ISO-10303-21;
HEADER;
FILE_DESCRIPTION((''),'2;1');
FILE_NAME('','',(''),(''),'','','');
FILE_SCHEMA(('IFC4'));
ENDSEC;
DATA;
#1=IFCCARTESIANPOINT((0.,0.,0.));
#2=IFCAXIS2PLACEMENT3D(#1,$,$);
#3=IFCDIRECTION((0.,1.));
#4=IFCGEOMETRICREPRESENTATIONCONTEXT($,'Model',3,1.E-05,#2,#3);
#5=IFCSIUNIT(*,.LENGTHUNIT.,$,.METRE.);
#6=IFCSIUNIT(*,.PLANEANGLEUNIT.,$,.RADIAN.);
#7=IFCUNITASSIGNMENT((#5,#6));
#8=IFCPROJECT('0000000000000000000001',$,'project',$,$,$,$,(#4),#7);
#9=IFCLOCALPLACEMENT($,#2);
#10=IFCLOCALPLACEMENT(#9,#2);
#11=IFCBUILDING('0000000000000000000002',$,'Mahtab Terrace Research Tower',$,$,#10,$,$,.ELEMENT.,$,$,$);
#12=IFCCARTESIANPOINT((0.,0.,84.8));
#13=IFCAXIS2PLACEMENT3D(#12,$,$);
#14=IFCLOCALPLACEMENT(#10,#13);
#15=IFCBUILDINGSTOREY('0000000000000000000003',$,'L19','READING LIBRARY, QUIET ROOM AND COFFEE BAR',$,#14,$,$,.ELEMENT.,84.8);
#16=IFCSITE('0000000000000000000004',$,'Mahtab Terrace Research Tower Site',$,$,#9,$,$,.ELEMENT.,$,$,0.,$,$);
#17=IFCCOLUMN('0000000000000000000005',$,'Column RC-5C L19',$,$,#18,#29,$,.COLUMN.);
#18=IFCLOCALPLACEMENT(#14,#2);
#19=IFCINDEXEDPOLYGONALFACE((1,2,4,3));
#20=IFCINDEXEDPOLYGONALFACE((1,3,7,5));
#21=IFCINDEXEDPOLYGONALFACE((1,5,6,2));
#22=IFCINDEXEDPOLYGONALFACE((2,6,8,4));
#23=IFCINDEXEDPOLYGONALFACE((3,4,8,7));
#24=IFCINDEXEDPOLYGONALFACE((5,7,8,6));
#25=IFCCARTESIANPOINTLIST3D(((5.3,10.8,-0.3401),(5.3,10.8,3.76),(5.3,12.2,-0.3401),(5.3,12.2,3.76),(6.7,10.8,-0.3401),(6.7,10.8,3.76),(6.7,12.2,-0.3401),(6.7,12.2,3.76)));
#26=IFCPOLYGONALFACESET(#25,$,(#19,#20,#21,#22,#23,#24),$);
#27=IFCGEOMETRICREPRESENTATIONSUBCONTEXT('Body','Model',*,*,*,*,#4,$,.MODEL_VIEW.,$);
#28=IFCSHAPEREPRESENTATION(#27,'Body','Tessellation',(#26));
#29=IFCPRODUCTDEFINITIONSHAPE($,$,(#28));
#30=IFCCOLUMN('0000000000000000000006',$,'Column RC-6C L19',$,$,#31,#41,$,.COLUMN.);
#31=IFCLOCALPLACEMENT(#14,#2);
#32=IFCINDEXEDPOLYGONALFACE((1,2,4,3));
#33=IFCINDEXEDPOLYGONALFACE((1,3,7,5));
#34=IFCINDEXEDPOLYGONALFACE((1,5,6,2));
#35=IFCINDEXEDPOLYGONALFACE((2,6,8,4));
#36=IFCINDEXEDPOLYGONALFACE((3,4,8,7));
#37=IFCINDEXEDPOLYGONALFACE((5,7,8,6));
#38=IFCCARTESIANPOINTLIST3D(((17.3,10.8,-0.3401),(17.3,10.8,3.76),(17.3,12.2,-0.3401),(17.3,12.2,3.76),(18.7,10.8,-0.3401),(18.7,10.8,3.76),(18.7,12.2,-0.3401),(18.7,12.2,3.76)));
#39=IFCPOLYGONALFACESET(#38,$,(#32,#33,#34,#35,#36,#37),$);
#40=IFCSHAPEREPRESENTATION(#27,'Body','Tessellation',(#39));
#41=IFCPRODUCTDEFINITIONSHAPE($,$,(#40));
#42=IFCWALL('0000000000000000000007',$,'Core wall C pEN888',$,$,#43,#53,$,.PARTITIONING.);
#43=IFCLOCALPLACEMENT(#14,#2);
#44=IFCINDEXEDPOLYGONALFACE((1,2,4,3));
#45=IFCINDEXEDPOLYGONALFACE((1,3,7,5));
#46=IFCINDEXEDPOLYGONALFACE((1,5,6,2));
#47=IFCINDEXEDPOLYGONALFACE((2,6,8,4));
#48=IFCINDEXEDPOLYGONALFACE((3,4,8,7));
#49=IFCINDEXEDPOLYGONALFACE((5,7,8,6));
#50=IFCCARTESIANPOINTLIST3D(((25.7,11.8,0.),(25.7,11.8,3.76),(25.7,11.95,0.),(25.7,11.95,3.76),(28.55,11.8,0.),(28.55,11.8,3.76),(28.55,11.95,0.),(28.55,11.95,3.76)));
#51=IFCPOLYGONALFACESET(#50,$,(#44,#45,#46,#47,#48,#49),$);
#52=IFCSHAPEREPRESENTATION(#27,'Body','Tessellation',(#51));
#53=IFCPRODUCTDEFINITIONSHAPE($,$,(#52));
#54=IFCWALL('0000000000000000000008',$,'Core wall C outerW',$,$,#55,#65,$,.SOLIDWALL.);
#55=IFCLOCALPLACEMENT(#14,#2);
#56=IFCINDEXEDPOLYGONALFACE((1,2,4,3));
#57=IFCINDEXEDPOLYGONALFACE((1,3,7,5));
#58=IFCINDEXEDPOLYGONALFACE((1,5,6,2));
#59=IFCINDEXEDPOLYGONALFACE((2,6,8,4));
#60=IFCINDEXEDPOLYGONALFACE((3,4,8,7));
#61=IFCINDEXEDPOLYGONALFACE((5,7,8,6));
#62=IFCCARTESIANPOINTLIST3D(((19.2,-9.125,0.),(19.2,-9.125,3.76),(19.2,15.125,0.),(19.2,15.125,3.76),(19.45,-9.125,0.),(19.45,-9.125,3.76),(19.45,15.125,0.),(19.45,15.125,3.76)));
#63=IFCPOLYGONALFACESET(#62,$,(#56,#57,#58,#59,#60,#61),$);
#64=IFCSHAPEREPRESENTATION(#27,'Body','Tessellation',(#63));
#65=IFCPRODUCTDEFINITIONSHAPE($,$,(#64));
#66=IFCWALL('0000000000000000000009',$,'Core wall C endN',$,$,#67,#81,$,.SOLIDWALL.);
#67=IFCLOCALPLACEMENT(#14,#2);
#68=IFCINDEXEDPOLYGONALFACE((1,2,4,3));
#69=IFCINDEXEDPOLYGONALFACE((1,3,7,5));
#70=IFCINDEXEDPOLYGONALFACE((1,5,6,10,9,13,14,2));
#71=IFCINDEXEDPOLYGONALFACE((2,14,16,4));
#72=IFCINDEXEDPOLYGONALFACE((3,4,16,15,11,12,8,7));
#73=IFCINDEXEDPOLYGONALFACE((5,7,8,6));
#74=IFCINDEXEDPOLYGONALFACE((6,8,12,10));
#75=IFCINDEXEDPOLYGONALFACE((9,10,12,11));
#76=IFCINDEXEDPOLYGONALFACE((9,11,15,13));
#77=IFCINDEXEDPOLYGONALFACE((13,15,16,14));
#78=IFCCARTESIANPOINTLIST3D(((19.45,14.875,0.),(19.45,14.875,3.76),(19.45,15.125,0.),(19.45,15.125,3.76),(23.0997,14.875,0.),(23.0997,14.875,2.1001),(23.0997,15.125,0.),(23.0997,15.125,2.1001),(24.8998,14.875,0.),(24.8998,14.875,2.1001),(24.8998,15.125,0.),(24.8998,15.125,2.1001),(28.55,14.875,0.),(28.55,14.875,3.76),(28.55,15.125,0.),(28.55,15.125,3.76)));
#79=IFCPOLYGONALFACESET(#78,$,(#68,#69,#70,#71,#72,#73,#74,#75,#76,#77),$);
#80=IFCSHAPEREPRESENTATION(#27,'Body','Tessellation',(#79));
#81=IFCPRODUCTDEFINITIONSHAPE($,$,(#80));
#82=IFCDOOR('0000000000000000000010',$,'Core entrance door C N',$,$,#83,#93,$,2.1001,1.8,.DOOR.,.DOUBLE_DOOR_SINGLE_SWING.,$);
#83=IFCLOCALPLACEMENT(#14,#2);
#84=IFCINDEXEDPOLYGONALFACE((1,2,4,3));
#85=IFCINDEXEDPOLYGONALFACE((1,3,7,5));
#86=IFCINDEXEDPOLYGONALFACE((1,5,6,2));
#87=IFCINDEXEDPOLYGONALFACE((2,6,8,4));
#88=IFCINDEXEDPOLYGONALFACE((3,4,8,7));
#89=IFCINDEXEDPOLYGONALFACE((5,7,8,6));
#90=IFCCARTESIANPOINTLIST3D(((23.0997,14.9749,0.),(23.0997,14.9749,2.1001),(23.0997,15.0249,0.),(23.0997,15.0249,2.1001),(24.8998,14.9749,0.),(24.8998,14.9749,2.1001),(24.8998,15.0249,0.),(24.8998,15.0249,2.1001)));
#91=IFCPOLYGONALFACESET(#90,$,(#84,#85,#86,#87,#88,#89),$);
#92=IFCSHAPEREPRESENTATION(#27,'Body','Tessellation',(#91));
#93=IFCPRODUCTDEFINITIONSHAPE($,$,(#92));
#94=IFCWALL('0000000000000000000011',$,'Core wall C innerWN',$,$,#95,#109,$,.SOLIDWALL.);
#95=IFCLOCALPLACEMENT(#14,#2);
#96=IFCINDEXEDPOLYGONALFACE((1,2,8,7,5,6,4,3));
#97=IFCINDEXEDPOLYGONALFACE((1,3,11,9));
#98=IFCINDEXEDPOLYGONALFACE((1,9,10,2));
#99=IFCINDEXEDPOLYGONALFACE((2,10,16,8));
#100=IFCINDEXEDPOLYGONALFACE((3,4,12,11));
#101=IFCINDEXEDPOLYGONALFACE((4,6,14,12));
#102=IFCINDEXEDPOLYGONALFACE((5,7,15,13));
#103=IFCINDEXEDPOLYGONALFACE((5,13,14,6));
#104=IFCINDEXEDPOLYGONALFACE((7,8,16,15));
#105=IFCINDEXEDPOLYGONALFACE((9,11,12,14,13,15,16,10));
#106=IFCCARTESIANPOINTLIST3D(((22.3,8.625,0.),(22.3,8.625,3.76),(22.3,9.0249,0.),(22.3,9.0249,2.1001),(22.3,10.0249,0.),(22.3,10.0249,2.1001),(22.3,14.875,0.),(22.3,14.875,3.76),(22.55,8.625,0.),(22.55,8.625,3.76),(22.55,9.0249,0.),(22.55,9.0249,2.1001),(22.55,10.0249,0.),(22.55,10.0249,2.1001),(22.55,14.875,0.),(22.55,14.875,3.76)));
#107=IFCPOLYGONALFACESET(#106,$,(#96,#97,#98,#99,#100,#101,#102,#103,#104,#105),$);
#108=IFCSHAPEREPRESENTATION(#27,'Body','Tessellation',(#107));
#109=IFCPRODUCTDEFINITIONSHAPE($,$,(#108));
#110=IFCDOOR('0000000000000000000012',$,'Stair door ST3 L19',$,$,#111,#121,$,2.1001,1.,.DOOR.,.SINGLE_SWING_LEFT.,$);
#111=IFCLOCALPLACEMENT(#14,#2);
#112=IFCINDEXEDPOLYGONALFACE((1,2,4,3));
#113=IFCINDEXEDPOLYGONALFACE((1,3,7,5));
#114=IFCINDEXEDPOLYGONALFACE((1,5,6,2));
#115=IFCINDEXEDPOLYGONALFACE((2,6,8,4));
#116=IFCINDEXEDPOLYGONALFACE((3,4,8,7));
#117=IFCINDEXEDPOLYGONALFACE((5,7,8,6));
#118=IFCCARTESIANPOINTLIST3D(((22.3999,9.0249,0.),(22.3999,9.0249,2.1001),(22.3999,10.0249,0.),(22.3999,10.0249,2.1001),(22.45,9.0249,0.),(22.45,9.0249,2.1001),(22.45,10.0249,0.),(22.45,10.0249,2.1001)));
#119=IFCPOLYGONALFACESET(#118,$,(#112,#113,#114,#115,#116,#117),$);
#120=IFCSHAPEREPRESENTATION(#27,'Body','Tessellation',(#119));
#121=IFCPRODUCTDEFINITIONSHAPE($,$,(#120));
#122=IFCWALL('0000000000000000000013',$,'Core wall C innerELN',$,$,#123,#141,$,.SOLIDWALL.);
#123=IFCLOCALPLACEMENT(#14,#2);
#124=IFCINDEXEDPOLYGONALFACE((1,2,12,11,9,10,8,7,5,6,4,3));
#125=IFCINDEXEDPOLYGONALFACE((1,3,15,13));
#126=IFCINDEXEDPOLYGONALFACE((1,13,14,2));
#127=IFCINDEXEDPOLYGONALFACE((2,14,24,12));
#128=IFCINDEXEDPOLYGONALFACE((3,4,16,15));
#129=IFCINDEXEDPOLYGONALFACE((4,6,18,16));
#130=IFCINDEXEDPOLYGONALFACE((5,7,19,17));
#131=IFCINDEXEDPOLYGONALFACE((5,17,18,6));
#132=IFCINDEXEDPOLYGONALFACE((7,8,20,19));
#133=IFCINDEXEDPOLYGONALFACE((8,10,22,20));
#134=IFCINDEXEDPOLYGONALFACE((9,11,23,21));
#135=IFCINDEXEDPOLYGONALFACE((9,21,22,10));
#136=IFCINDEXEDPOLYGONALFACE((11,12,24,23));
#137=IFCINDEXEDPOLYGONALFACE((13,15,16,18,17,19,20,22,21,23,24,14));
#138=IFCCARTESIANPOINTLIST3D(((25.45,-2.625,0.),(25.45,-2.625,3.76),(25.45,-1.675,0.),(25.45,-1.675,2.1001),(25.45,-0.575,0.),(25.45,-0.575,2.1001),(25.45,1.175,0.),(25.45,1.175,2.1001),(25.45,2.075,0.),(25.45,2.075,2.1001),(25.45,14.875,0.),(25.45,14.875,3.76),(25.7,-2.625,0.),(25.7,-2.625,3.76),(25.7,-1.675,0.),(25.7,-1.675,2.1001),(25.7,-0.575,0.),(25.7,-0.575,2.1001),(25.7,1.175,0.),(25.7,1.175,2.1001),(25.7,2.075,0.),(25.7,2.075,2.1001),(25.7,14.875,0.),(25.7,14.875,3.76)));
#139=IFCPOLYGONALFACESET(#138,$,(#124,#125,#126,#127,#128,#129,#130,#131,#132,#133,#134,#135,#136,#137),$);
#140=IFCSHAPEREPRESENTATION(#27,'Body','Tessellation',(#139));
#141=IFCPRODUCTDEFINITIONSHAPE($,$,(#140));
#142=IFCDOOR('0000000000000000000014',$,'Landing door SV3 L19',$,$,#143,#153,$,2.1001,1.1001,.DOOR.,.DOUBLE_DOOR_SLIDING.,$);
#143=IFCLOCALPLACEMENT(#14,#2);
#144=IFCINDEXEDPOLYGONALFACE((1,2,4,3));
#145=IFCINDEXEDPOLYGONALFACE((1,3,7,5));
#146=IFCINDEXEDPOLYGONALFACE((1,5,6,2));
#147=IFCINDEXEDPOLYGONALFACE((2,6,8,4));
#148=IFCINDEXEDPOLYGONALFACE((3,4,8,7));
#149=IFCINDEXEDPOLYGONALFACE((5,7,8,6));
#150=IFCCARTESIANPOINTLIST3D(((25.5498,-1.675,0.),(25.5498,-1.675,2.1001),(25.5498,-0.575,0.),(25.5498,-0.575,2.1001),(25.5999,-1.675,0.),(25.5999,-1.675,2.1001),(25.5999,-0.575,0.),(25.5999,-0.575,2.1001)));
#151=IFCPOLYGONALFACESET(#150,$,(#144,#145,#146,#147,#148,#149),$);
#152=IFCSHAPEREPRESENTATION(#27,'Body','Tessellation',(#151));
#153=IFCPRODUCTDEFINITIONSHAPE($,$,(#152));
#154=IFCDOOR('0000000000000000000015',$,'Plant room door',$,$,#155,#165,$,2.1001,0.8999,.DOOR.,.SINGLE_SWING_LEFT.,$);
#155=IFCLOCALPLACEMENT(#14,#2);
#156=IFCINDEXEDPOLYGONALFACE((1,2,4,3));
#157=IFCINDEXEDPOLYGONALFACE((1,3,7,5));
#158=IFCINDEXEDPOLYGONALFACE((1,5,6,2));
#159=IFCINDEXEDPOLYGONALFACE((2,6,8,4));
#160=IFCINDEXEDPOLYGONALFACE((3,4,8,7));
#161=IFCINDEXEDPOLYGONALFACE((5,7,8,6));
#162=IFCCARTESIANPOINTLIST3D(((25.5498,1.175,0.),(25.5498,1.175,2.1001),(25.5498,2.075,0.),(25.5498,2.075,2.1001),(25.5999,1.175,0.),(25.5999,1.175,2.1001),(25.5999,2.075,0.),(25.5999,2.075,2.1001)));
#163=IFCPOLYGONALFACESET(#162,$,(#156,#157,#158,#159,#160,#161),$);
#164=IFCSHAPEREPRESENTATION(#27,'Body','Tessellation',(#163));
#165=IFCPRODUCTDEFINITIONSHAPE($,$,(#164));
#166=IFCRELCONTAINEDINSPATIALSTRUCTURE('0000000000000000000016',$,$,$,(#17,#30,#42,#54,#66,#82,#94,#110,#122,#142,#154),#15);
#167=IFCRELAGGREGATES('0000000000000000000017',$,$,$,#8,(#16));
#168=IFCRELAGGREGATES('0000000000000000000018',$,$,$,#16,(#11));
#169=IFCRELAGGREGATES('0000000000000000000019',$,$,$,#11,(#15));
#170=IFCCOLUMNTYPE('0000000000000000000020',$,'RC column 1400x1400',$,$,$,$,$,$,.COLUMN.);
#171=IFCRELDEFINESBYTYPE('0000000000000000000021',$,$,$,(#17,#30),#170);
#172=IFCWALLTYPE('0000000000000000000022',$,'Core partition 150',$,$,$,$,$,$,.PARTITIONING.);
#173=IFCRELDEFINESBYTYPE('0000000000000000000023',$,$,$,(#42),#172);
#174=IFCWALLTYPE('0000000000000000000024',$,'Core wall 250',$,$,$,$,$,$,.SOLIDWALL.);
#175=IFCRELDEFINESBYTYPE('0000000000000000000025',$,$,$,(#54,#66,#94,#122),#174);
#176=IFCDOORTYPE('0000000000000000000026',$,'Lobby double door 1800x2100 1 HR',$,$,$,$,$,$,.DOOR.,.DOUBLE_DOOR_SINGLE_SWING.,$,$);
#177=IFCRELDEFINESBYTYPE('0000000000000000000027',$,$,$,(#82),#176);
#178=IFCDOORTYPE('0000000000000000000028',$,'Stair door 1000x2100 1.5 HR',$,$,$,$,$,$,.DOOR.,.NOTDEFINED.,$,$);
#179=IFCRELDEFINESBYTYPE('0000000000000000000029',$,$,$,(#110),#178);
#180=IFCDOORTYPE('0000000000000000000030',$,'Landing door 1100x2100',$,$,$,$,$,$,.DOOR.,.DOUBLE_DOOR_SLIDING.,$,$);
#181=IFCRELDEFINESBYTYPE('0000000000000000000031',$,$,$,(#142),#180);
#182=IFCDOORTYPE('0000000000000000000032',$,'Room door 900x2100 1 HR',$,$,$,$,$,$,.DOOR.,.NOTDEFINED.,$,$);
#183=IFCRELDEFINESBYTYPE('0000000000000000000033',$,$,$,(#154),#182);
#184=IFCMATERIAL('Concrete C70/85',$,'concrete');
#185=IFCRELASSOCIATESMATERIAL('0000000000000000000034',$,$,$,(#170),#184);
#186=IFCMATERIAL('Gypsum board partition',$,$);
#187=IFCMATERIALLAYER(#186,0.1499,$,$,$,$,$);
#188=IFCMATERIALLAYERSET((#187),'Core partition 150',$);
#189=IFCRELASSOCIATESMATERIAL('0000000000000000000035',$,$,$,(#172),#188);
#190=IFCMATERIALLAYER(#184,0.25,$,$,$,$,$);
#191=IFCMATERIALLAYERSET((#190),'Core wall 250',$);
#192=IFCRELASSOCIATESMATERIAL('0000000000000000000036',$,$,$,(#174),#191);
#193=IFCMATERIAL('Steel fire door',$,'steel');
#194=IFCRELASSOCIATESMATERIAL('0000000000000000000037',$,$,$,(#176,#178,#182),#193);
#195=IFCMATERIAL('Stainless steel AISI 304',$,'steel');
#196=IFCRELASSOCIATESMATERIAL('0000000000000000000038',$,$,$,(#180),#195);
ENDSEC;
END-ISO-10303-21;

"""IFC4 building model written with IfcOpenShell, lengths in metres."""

from ifc_helpers import new_model, si_unit, direction, frame, frame_2d, origin, origin_2d, place, context, subcontext, project, spatial, rectangle, extrude, material, layer, layer_set, material_profile, profile_set, type_object, element, fill, save


model = new_model("IFC4")

# Units and contexts
model_context = context("Model", 3, precision=1e-05, world=origin(), true_north=direction((0.0, 1.0)))
body_context = subcontext(model_context, "Body", "Model", "MODEL_VIEW")
ifc_project = project(units=[si_unit("LENGTHUNIT", "METRE"), si_unit("PLANEANGLEUNIT", "RADIAN")], contexts=[model_context])

# Site, building, storey
site_placement = place(None, origin())
site = spatial("IfcSite", under=ifc_project, at=site_placement, Name="Mahtab Terrace Research Tower Site", CompositionType="ELEMENT", RefElevation=0.0)
building_placement = place(site_placement, origin())
building = spatial("IfcBuilding", under=site, at=building_placement, Name="Mahtab Terrace Research Tower", CompositionType="ELEMENT")
storey_placement = place(building_placement, frame((0.0, 0.0, 84.8)))
storey = spatial("IfcBuildingStorey", under=building, at=storey_placement, Name="L19", Description="READING LIBRARY, QUIET ROOM AND COFFEE BAR", CompositionType="ELEMENT", Elevation=84.8)

# Columns
ifc_material_1 = material(Name="Concrete C70/85", Category="concrete")
ifc_material_profile = material_profile(ifc_material_1, rectangle(XDim=1.3999, YDim=1.3999, at=origin_2d()), Name="RC column 1400x1400")
ifc_profile_set = profile_set([ifc_material_profile], Name="Concrete C70/85")
column_type = type_object("IfcColumnType", Name="RC column 1400x1400", PredefinedType="COLUMN", material=ifc_profile_set)
for number, where, z_axis, x_axis, name in (
    (1, (6.0, 11.5, -0.3401), (0.0, 0.0, 1.0), (1.0, 0.0, 0.0), "Column RC-5C L19"),
    (2, (18.0, 11.5, -0.3401), (0.0, 0.0, 1.0), (1.0, 0.0, 0.0), "Column RC-6C L19"),
):
    element("IfcColumn", number, at=place(storey_placement, frame(where, z_axis=z_axis, x_axis=x_axis)), inside=storey, type_object=column_type, Name=name, PredefinedType="COLUMN", context=body_context, shape_type="SweptSolid", body=[
        extrude(rectangle(XDim=1.3999, YDim=1.3999, at=origin_2d()), origin(), (0.0, 0.0, 1.0), 4.1001),
    ])

# Walls
ifc_material_2 = material(Name="Gypsum board partition")
ifc_layer_1 = layer(ifc_material_2, 0.1499)
ifc_layer_set_1 = layer_set([ifc_layer_1], Name="Core partition 150")
wall_type_1 = type_object("IfcWallType", Name="Core partition 150", PredefinedType="PARTITIONING", material=ifc_layer_set_1)
wall_1_placement = place(storey_placement, frame((25.7, 11.875, 0.0), z_axis=(0.0, 0.0, 1.0), x_axis=(1.0, 0.0, 0.0)))
element("IfcWall", 3, at=wall_1_placement, inside=storey, type_object=wall_type_1, Name="Core wall C pEN888", PredefinedType="PARTITIONING", context=body_context, shape_type="SweptSolid", body=[
    extrude(rectangle(XDim=2.8501, YDim=0.1499, at=frame_2d((1.425, 0.0))), origin(), (0.0, 0.0, 1.0), 3.76),
])
ifc_layer_2 = layer(ifc_material_1, 0.25)
ifc_layer_set_2 = layer_set([ifc_layer_2], Name="Core wall 250")
wall_type_2 = type_object("IfcWallType", Name="Core wall 250", PredefinedType="SOLIDWALL", material=ifc_layer_set_2)
wall_2_placement = place(storey_placement, frame((19.325, 15.125, 0.0), z_axis=(0.0, 0.0, 1.0), x_axis=(0.0, -1.0, 0.0)))
element("IfcWall", 4, at=wall_2_placement, inside=storey, type_object=wall_type_2, Name="Core wall C outerW", PredefinedType="SOLIDWALL", context=body_context, shape_type="SweptSolid", body=[
    extrude(rectangle(XDim=24.25, YDim=0.25, at=frame_2d((12.125, 0.0))), origin(), (0.0, 0.0, 1.0), 3.76),
])

# Walls, openings, doors
wall_3_placement = place(storey_placement, frame((19.45, 15.0, 0.0), z_axis=(0.0, 0.0, 1.0), x_axis=(1.0, 0.0, 0.0)))
wall_3 = element("IfcWall", 5, at=wall_3_placement, inside=storey, type_object=wall_type_2, Name="Core wall C endN", PredefinedType="SOLIDWALL", context=body_context, shape_type="SweptSolid", body=[
    extrude(rectangle(XDim=9.1001, YDim=0.25, at=frame_2d((4.55, 0.0))), origin(), (0.0, 0.0, 1.0), 3.76),
])
opening_1_placement = place(wall_3_placement, frame((3.6499, 0.0, 0.0)))
opening_1 = element("IfcOpeningElement", 6, at=opening_1_placement, cuts=wall_3, PredefinedType="OPENING", context=body_context, shape_type="SweptSolid", body=[
    extrude(rectangle(XDim=1.8, YDim=2.1001, at=frame_2d((0.8999, 1.05))), frame((0.0, 0.135, 0.0), z_axis=(0.0, -1.0, 0.0), x_axis=(1.0, 0.0, 0.0)), (0.0, 0.0, 1.0), 0.27),
])
ifc_material_3 = material(Name="Steel fire door", Category="steel")
door_type_1 = type_object("IfcDoorType", Name="Lobby double door 1800x2100 1 HR", OperationType="DOUBLE_DOOR_SINGLE_SWING", PredefinedType="DOOR", material=ifc_material_3)
door_1_placement = place(opening_1_placement, origin())
door_1 = element("IfcDoor", 7, at=door_1_placement, inside=storey, type_object=door_type_1, Name="Core entrance door C N", OperationType="DOUBLE_DOOR_SINGLE_SWING", OverallHeight=2.1001, OverallWidth=1.8, PredefinedType="DOOR", context=body_context, shape_type="SweptSolid", body=[
    extrude(rectangle(XDim=1.8, YDim=2.1001, at=frame_2d((0.8999, 1.05))), frame((0.0, 0.0249, 0.0), z_axis=(0.0, -1.0, 0.0), x_axis=(1.0, 0.0, 0.0)), (0.0, 0.0, 1.0), 0.05),
])
fill(opening_1, door_1)
wall_4_placement = place(storey_placement, frame((22.425, 14.875, 0.0), z_axis=(0.0, 0.0, 1.0), x_axis=(0.0, -1.0, 0.0)))
wall_4 = element("IfcWall", 8, at=wall_4_placement, inside=storey, type_object=wall_type_2, Name="Core wall C innerWN", PredefinedType="SOLIDWALL", context=body_context, shape_type="SweptSolid", body=[
    extrude(rectangle(XDim=6.25, YDim=0.25, at=frame_2d((3.125, 0.0))), origin(), (0.0, 0.0, 1.0), 3.76),
])
opening_2_placement = place(wall_4_placement, frame((4.8501, 0.0, 0.0)))
opening_2 = element("IfcOpeningElement", 9, at=opening_2_placement, cuts=wall_4, PredefinedType="OPENING", context=body_context, shape_type="SweptSolid", body=[
    extrude(rectangle(XDim=1.0, YDim=2.1001, at=frame_2d((0.5, 1.05))), frame((0.0, 0.135, 0.0), z_axis=(0.0, -1.0, 0.0), x_axis=(1.0, 0.0, 0.0)), (0.0, 0.0, 1.0), 0.27),
])
door_type_2 = type_object("IfcDoorType", Name="Stair door 1000x2100 1.5 HR", OperationType="NOTDEFINED", PredefinedType="DOOR", material=ifc_material_3)
door_2_placement = place(opening_2_placement, origin())
door_2 = element("IfcDoor", 10, at=door_2_placement, inside=storey, type_object=door_type_2, Name="Stair door ST3 L19", OperationType="SINGLE_SWING_LEFT", OverallHeight=2.1001, OverallWidth=1.0, PredefinedType="DOOR", context=body_context, shape_type="SweptSolid", body=[
    extrude(rectangle(XDim=1.0, YDim=2.1001, at=frame_2d((0.5, 1.05))), frame((0.0, 0.0249, 0.0), z_axis=(0.0, -1.0, 0.0), x_axis=(1.0, 0.0, 0.0)), (0.0, 0.0, 1.0), 0.05),
])
fill(opening_2, door_2)

# Wall, openings, doors
wall_5_placement = place(storey_placement, frame((25.575, 14.875, 0.0), z_axis=(0.0, 0.0, 1.0), x_axis=(0.0, -1.0, 0.0)))
wall_5 = element("IfcWall", 11, at=wall_5_placement, inside=storey, type_object=wall_type_2, Name="Core wall C innerELN", PredefinedType="SOLIDWALL", context=body_context, shape_type="SweptSolid", body=[
    extrude(rectangle(XDim=17.5, YDim=0.25, at=frame_2d((8.75, 0.0))), origin(), (0.0, 0.0, 1.0), 3.76),
])
opening_3_placement = place(wall_5_placement, frame((15.45, 0.0, 0.0)))
opening_3 = element("IfcOpeningElement", 12, at=opening_3_placement, cuts=wall_5, PredefinedType="OPENING", context=body_context, shape_type="SweptSolid", body=[
    extrude(rectangle(XDim=1.1001, YDim=2.1001, at=frame_2d((0.55, 1.05))), frame((0.0, 0.135, 0.0), z_axis=(0.0, -1.0, 0.0), x_axis=(1.0, 0.0, 0.0)), (0.0, 0.0, 1.0), 0.27),
])
opening_4_placement = place(wall_5_placement, frame((12.8, 0.0, 0.0)))
opening_4 = element("IfcOpeningElement", 13, at=opening_4_placement, cuts=wall_5, PredefinedType="OPENING", context=body_context, shape_type="SweptSolid", body=[
    extrude(rectangle(XDim=0.8999, YDim=2.1001, at=frame_2d((0.45, 1.05))), frame((0.0, 0.135, 0.0), z_axis=(0.0, -1.0, 0.0), x_axis=(1.0, 0.0, 0.0)), (0.0, 0.0, 1.0), 0.27),
])
ifc_material_4 = material(Name="Stainless steel AISI 304", Category="steel")
door_type_3 = type_object("IfcDoorType", Name="Landing door 1100x2100", OperationType="DOUBLE_DOOR_SLIDING", PredefinedType="DOOR", material=ifc_material_4)
door_3_placement = place(opening_3_placement, origin())
door_3 = element("IfcDoor", 14, at=door_3_placement, inside=storey, type_object=door_type_3, Name="Landing door SV3 L19", OperationType="DOUBLE_DOOR_SLIDING", OverallHeight=2.1001, OverallWidth=1.1001, PredefinedType="DOOR", context=body_context, shape_type="SweptSolid", body=[
    extrude(rectangle(XDim=1.1001, YDim=2.1001, at=frame_2d((0.55, 1.05))), frame((0.0, 0.0249, 0.0), z_axis=(0.0, -1.0, 0.0), x_axis=(1.0, 0.0, 0.0)), (0.0, 0.0, 1.0), 0.05),
])
fill(opening_3, door_3)
door_type_4 = type_object("IfcDoorType", Name="Room door 900x2100 1 HR", OperationType="NOTDEFINED", PredefinedType="DOOR", material=ifc_material_3)
door_4_placement = place(opening_4_placement, origin())
door_4 = element("IfcDoor", 15, at=door_4_placement, inside=storey, type_object=door_type_4, Name="Plant room door", OperationType="SINGLE_SWING_LEFT", OverallHeight=2.1001, OverallWidth=0.8999, PredefinedType="DOOR", context=body_context, shape_type="SweptSolid", body=[
    extrude(rectangle(XDim=0.8999, YDim=2.1001, at=frame_2d((0.45, 1.05))), frame((0.0, 0.0249, 0.0), z_axis=(0.0, -1.0, 0.0), x_axis=(1.0, 0.0, 0.0)), (0.0, 0.0, 1.0), 0.05),
])
fill(opening_4, door_4)

save(model, "model.ifc")
